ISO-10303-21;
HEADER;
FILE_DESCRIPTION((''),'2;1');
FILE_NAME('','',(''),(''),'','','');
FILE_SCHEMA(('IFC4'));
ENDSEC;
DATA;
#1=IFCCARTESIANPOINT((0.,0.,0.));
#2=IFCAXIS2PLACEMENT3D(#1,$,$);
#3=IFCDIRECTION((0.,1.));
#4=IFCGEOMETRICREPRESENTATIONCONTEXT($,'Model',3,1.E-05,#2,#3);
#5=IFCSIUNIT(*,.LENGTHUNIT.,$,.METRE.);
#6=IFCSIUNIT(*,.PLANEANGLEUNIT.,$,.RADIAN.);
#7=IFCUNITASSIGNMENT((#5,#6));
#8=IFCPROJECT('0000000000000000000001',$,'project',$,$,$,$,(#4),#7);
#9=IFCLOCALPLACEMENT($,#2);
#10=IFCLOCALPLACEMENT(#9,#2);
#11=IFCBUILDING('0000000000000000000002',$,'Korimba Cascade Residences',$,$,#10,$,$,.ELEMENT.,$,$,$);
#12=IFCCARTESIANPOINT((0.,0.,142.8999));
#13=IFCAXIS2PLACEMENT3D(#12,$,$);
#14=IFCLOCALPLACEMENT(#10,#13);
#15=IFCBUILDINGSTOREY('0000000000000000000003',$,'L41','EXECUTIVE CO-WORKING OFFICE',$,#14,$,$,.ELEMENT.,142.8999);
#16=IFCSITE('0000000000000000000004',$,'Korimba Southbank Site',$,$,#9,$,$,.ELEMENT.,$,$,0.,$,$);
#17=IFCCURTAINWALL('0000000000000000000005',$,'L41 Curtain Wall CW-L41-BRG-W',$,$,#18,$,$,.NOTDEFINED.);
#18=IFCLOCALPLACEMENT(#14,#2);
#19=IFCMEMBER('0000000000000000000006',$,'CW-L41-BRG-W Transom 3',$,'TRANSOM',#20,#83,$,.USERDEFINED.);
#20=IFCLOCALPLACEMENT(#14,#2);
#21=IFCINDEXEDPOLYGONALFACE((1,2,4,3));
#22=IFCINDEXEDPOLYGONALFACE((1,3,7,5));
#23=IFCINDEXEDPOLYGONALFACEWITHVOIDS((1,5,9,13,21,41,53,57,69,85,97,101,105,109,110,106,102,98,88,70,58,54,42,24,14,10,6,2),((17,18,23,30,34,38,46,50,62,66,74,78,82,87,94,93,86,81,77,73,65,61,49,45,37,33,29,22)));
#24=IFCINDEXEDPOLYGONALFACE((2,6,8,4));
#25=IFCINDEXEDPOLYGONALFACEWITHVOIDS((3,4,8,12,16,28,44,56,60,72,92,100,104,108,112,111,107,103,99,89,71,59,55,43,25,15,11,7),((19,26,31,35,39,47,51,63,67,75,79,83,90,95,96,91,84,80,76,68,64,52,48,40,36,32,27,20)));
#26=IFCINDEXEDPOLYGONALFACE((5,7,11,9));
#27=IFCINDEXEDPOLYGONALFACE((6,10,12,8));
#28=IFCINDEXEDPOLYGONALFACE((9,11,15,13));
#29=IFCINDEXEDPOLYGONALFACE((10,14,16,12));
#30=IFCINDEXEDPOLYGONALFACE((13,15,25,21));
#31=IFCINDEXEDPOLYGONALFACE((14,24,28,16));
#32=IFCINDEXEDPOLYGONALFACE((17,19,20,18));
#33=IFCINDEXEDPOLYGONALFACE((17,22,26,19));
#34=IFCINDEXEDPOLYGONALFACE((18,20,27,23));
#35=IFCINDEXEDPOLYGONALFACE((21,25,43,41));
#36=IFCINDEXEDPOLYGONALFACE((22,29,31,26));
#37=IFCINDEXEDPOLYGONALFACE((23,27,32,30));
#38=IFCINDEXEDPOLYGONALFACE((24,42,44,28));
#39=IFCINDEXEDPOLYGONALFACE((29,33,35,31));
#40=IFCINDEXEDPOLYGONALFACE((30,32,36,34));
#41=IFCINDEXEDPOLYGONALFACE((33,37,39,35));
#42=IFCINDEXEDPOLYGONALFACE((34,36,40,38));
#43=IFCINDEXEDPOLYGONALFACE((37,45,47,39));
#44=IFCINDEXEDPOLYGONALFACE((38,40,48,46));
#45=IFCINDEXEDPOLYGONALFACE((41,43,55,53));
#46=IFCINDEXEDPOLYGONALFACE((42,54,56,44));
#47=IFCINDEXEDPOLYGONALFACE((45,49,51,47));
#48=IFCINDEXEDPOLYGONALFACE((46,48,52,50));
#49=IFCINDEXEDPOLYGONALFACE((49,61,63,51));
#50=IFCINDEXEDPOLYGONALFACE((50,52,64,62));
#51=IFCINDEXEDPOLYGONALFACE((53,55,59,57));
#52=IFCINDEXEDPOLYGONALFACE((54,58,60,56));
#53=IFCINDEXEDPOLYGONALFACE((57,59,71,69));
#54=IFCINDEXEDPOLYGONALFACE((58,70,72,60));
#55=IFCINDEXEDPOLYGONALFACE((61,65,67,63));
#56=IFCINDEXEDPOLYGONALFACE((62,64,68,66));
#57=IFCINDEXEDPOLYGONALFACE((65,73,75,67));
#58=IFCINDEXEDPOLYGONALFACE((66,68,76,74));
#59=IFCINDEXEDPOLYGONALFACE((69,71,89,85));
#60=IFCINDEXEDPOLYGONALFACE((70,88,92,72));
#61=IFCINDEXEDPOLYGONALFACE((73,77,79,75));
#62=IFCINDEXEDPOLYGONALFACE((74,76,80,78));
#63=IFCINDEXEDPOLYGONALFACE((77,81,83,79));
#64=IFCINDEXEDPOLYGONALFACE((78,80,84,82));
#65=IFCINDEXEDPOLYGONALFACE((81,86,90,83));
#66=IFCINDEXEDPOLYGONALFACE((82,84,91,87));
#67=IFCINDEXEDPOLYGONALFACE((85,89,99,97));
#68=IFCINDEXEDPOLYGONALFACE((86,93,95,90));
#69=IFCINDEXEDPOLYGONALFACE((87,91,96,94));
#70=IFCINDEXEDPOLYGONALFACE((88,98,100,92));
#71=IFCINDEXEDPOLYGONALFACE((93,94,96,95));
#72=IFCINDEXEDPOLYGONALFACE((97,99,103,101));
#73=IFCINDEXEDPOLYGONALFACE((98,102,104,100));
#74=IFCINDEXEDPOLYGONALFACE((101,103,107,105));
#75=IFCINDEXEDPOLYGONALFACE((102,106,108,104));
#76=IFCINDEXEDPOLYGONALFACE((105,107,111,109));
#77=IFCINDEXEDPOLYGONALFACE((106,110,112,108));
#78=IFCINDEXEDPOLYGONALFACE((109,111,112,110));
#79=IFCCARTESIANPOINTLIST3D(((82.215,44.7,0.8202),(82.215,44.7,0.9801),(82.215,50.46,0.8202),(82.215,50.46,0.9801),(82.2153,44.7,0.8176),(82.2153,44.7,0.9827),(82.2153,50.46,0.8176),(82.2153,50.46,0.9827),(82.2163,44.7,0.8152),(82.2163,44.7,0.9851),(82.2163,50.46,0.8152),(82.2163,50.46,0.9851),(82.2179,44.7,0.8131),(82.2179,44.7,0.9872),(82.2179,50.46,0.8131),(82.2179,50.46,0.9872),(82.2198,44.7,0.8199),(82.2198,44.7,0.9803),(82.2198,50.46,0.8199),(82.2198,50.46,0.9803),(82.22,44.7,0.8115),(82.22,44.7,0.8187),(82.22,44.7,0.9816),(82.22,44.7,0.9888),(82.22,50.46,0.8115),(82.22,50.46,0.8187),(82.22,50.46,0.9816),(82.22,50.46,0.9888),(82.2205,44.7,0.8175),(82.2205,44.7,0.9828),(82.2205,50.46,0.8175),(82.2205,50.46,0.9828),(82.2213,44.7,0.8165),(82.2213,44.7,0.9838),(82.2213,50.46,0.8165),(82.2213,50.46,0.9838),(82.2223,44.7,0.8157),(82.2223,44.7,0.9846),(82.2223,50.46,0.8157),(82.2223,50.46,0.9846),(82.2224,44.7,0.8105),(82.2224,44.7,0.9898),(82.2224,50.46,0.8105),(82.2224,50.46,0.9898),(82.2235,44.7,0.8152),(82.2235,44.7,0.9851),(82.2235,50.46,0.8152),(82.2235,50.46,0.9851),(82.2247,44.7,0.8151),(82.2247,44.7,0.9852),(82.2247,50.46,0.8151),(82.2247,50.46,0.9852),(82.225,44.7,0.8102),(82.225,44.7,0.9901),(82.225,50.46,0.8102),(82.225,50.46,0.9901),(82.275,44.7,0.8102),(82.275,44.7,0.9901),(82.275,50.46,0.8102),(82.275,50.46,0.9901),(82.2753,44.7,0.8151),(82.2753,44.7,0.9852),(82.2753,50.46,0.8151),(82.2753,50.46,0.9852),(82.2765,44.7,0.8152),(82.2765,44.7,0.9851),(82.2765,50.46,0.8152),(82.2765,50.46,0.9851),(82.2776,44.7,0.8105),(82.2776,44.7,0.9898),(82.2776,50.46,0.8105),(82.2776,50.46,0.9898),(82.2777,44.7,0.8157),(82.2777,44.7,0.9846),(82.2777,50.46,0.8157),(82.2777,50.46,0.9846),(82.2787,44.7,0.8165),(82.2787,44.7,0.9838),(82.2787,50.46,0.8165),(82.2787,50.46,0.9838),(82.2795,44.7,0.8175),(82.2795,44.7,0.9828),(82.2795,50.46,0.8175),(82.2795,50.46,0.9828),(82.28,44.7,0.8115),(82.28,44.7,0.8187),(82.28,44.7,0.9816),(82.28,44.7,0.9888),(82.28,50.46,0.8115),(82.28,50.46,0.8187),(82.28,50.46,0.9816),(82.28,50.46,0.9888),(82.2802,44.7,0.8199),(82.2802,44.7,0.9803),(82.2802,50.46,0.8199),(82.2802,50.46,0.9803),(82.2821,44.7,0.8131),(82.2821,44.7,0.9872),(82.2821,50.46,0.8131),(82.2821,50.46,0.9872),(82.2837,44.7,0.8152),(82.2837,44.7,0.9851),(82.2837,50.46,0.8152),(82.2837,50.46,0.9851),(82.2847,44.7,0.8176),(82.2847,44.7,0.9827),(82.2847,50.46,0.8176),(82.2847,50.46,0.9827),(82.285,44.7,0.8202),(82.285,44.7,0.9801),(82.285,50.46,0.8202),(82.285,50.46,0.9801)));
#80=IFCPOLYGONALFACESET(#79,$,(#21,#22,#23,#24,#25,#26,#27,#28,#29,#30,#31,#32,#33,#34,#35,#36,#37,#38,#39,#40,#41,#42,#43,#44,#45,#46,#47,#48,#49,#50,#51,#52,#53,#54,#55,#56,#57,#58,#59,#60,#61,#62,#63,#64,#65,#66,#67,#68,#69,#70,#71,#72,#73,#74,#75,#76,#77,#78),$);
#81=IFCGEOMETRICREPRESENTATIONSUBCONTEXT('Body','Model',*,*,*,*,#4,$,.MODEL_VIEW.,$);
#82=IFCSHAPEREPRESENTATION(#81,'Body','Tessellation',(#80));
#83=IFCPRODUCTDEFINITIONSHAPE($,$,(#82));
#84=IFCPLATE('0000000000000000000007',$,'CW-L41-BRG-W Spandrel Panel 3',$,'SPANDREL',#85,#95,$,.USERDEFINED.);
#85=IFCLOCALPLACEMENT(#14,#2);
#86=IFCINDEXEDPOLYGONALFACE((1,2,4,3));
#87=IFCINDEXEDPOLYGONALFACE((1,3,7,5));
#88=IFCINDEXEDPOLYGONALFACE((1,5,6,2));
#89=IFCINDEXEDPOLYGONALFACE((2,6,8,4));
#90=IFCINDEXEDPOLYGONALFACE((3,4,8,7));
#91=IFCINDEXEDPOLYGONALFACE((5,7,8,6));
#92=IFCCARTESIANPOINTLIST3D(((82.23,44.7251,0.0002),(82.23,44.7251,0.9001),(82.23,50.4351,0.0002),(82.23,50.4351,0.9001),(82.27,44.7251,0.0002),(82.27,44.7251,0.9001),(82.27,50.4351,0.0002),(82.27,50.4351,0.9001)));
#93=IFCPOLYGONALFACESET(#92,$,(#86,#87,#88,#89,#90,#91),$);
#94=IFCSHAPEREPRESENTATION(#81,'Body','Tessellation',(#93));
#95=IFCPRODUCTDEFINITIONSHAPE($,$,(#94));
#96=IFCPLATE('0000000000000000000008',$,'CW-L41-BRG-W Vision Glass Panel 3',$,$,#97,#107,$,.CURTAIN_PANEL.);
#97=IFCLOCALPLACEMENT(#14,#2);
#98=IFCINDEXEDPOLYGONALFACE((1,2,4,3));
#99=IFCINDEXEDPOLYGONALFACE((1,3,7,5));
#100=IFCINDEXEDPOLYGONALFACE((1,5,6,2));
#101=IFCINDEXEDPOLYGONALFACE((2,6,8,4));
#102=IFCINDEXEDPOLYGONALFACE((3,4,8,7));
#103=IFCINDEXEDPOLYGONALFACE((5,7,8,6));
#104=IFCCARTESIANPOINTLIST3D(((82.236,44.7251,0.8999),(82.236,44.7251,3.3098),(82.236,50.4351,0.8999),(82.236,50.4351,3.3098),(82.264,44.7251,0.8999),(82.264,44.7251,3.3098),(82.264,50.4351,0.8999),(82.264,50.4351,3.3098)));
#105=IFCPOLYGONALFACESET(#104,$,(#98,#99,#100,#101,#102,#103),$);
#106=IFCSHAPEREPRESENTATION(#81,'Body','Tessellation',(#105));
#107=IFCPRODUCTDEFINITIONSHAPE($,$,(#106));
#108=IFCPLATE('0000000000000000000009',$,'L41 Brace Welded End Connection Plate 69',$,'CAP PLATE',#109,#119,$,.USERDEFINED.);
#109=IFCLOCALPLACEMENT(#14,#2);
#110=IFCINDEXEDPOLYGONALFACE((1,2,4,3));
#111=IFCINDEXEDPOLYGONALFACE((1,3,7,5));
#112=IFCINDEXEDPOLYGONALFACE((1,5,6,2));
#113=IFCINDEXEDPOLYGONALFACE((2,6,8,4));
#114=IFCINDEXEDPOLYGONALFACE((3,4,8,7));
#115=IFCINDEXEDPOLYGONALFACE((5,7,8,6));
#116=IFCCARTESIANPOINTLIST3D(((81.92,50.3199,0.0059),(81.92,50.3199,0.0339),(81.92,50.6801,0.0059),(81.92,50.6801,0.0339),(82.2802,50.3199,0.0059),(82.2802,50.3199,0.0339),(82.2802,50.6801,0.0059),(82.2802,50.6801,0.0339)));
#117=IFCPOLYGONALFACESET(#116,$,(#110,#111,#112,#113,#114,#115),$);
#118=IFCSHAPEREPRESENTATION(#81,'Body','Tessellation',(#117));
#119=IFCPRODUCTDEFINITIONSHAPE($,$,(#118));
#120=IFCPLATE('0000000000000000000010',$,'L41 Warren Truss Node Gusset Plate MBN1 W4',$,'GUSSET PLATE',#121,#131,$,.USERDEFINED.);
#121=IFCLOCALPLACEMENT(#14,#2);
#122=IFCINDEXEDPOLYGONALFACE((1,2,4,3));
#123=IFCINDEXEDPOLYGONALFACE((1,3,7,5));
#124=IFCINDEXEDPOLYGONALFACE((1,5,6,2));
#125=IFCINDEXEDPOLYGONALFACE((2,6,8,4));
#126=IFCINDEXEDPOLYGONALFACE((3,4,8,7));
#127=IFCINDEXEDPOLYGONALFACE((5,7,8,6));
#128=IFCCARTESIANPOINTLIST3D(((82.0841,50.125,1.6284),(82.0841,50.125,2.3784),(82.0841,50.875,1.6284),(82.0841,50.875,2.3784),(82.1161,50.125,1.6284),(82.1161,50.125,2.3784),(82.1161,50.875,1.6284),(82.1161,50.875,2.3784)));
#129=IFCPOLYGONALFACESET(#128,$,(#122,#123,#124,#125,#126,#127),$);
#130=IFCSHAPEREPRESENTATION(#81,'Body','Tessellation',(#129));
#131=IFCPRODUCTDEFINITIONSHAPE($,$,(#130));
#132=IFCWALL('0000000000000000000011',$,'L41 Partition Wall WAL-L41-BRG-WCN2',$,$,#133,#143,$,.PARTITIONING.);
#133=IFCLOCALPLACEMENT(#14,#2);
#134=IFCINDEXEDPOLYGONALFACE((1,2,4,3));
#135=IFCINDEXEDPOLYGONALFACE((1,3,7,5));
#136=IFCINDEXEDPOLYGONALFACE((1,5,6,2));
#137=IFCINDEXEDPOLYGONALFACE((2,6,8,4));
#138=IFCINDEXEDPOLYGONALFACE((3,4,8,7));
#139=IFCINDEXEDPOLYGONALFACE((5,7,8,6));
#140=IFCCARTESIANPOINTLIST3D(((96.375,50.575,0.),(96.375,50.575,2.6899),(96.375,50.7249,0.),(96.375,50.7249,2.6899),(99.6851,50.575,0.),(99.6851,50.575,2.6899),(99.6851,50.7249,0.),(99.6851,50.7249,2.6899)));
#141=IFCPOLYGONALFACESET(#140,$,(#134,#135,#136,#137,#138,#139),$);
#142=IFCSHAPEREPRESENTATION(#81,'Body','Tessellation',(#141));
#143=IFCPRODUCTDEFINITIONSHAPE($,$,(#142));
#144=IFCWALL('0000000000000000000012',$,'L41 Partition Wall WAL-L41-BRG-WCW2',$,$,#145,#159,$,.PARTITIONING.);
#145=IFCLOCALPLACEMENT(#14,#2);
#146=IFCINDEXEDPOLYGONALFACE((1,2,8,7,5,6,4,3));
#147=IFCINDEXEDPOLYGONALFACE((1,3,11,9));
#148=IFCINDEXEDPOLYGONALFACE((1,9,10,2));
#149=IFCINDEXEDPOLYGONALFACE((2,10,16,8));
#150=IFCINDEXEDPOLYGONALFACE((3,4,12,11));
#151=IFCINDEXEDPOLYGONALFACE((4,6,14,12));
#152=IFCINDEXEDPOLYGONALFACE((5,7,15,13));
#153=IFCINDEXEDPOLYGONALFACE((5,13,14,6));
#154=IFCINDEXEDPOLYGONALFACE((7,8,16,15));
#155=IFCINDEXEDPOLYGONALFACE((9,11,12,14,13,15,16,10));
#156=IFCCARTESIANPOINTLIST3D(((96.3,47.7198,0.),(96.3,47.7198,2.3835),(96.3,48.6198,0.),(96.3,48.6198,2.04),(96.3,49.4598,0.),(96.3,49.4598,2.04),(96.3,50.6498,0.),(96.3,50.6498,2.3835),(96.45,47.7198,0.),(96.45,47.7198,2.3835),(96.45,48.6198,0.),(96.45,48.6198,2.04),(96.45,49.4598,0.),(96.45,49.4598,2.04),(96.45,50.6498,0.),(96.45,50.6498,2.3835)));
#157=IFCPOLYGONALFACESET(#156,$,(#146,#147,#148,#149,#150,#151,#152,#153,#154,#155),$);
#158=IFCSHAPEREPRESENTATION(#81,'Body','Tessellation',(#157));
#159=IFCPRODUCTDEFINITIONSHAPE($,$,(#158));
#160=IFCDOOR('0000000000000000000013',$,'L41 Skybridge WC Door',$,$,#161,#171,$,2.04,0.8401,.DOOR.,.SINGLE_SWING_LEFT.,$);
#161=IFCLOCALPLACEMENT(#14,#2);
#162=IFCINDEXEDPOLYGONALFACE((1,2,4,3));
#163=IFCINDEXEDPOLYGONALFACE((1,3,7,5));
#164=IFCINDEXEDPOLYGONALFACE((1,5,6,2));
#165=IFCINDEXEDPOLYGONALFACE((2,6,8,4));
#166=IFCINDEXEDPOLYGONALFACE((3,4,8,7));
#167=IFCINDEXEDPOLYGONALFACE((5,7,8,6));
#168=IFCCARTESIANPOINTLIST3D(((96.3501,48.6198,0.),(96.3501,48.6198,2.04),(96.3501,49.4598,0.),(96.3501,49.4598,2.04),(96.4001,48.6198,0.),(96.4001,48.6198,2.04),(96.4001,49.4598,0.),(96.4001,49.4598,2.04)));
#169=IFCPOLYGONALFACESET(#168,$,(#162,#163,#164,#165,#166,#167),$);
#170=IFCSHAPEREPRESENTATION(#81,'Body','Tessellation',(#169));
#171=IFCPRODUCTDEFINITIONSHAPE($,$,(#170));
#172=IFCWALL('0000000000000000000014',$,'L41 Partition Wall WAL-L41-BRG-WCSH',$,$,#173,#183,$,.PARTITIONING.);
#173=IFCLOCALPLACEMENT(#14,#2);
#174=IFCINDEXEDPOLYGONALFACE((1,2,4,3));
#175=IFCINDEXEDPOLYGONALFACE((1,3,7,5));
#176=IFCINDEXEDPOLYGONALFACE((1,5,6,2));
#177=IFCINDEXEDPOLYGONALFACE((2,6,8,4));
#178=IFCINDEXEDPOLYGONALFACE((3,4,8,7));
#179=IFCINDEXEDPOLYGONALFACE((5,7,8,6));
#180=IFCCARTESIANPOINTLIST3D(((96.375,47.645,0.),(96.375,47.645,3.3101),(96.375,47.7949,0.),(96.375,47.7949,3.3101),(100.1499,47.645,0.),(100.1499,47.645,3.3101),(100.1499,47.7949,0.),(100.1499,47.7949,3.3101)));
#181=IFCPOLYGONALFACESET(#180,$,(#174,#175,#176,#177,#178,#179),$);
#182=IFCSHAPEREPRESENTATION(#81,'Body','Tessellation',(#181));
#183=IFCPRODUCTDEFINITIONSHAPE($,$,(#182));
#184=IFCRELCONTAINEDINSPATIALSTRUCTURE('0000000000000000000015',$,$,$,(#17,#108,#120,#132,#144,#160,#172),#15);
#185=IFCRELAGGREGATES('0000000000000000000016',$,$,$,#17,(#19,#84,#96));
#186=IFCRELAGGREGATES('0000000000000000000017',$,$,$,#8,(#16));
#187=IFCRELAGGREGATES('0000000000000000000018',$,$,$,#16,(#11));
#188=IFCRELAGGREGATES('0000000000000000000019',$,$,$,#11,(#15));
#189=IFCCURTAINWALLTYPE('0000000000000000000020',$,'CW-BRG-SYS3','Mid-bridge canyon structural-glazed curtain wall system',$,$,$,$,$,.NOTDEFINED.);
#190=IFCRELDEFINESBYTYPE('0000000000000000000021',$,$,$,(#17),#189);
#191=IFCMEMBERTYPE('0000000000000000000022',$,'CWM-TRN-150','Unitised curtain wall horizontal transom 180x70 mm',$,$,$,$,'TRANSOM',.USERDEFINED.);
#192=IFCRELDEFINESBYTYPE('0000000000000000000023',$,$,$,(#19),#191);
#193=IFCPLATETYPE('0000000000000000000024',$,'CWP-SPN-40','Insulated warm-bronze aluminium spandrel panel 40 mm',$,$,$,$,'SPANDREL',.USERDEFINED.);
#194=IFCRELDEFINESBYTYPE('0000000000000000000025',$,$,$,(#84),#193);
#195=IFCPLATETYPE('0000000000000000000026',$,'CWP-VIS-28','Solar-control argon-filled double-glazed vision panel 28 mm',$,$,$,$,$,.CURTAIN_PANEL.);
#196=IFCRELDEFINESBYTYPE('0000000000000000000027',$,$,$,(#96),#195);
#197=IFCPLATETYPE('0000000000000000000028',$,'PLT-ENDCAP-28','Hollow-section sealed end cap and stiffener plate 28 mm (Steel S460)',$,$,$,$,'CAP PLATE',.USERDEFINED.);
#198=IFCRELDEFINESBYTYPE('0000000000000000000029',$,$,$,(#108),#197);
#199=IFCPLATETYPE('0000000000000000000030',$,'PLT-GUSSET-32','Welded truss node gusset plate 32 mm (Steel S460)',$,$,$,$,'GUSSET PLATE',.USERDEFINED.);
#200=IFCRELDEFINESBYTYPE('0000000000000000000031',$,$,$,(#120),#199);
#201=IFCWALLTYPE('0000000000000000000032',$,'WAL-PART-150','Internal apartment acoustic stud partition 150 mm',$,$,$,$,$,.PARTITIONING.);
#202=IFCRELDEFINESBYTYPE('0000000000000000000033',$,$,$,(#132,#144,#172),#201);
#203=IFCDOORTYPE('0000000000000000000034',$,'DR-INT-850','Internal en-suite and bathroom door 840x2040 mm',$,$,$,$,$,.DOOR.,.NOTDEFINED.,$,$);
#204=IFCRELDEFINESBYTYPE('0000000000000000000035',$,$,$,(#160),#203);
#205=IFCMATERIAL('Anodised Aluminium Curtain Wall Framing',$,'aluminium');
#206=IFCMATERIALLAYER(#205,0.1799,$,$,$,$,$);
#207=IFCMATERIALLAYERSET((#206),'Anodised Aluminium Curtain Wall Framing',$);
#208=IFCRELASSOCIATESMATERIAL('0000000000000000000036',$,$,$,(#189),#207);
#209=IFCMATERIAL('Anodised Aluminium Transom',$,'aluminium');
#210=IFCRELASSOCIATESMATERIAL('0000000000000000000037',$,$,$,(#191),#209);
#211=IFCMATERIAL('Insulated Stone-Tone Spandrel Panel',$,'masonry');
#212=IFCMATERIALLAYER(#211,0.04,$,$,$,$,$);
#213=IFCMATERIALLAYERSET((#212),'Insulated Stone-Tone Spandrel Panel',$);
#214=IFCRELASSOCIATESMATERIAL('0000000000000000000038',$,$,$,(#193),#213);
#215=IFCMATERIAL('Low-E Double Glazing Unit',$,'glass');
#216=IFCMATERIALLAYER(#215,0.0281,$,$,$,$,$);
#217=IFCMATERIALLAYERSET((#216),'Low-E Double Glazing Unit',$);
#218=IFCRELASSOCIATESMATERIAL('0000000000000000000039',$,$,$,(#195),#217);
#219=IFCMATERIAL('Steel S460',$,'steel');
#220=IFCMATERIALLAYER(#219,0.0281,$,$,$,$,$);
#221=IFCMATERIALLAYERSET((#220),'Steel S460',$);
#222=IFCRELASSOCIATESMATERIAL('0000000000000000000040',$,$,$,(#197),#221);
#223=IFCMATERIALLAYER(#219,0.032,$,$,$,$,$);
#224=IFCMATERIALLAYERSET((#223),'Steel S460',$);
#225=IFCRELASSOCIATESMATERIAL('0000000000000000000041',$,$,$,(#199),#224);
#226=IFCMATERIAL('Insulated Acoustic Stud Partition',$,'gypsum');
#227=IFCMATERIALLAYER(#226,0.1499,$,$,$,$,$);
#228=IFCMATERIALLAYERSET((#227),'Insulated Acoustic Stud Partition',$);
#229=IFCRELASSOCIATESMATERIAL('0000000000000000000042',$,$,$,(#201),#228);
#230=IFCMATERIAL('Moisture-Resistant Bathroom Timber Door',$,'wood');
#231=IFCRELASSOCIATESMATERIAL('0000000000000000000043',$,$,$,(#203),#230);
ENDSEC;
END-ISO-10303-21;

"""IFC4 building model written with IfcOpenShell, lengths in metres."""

from ifc_helpers import new_model, si_unit, direction, frame, frame_2d, origin, origin_2d, place, context, subcontext, project, spatial, rectangle, hollow_rectangle, extrude, material, layer, layer_set, material_profile, profile_set, type_object, element, fill, aggregate, save


model = new_model("IFC4")

# Units and contexts
model_context = context("Model", 3, precision=1e-05, world=origin(), true_north=direction((0.0, 1.0)))
body_context = subcontext(model_context, "Body", "Model", "MODEL_VIEW")
ifc_project = project(units=[si_unit("LENGTHUNIT", "METRE"), si_unit("PLANEANGLEUNIT", "RADIAN")], contexts=[model_context])

# Site, building, storey
site_placement = place(None, origin())
site = spatial("IfcSite", under=ifc_project, at=site_placement, Name="Korimba Southbank Site", CompositionType="ELEMENT", RefElevation=0.0)
building_placement = place(site_placement, origin())
building = spatial("IfcBuilding", under=site, at=building_placement, Name="Korimba Cascade Residences", CompositionType="ELEMENT")
storey_placement = place(building_placement, frame((0.0, 0.0, 142.8999)))
storey = spatial("IfcBuildingStorey", under=building, at=storey_placement, Name="L41", Description="EXECUTIVE CO-WORKING OFFICE", CompositionType="ELEMENT", Elevation=142.8999)

# Shared definitions
ifc_material_1 = material(Name="Steel S460", Category="steel")

# Curtain wall, member, plates
ifc_material_2 = material(Name="Anodised Aluminium Curtain Wall Framing", Category="aluminium")
ifc_layer_1 = layer(ifc_material_2, 0.1799)
ifc_layer_set_1 = layer_set([ifc_layer_1], Name="Anodised Aluminium Curtain Wall Framing")
curtain_wall_type = type_object("IfcCurtainWallType", Name="CW-BRG-SYS3", Description="Mid-bridge canyon structural-glazed curtain wall system", PredefinedType="NOTDEFINED", material=ifc_layer_set_1)
curtain_wall_placement = place(storey_placement, origin())
curtain_wall = element("IfcCurtainWall", 1, at=curtain_wall_placement, inside=storey, type_object=curtain_wall_type, Name="L41 Curtain Wall CW-L41-BRG-W", PredefinedType="NOTDEFINED")
ifc_material_3 = material(Name="Anodised Aluminium Transom", Category="aluminium")
ifc_material_profile_1 = material_profile(ifc_material_3, hollow_rectangle(XDim=0.0701, YDim=0.1799, WallThickness=0.0049, InnerFilletRadius=0.0049, OuterFilletRadius=0.01, at=origin_2d()), Name="Anodised Aluminium Transom")
ifc_profile_set_1 = profile_set([ifc_material_profile_1], Name="Anodised Aluminium Transom")
member_type_1 = type_object("IfcMemberType", Name="CWM-TRN-150", Description="Unitised curtain wall horizontal transom 180x70 mm", ElementType="TRANSOM", PredefinedType="USERDEFINED", material=ifc_profile_set_1)
member_1_placement = place(storey_placement, frame((82.25, 44.7, 0.9001), z_axis=(0.0, 1.0, 0.0), x_axis=(-1.0, 0.0, 0.0)))
member_1 = element("IfcMember", 2, at=member_1_placement, type_object=member_type_1, Name="CW-L41-BRG-W Transom 3", ObjectType="TRANSOM", PredefinedType="USERDEFINED", context=body_context, shape_type="SweptSolid", body=[
    extrude(hollow_rectangle(XDim=0.0701, YDim=0.1799, WallThickness=0.0049, InnerFilletRadius=0.0049, OuterFilletRadius=0.01, at=origin_2d()), origin(), (0.0, 0.0, 1.0), 5.76),
])
ifc_material_4 = material(Name="Insulated Stone-Tone Spandrel Panel", Category="masonry")
ifc_layer_2 = layer(ifc_material_4, 0.04)
ifc_layer_set_2 = layer_set([ifc_layer_2], Name="Insulated Stone-Tone Spandrel Panel")
plate_type_1 = type_object("IfcPlateType", Name="CWP-SPN-40", Description="Insulated warm-bronze aluminium spandrel panel 40 mm", ElementType="SPANDREL", PredefinedType="USERDEFINED", material=ifc_layer_set_2)
plate_1_placement = place(storey_placement, frame((82.25, 47.5801, 0.0002), z_axis=(0.0, 0.0, 1.0), x_axis=(0.0, 1.0, 0.0)))
plate_1 = element("IfcPlate", 3, at=plate_1_placement, type_object=plate_type_1, Name="CW-L41-BRG-W Spandrel Panel 3", ObjectType="SPANDREL", PredefinedType="USERDEFINED", context=body_context, shape_type="SweptSolid", body=[
    extrude(rectangle(XDim=5.71, YDim=0.04, at=origin_2d()), origin(), (0.0, 0.0, 1.0), 0.8999),
])
ifc_material_5 = material(Name="Low-E Double Glazing Unit", Category="glass")
ifc_layer_3 = layer(ifc_material_5, 0.0281)
ifc_layer_set_3 = layer_set([ifc_layer_3], Name="Low-E Double Glazing Unit")
plate_type_2 = type_object("IfcPlateType", Name="CWP-VIS-28", Description="Solar-control argon-filled double-glazed vision panel 28 mm", PredefinedType="CURTAIN_PANEL", material=ifc_layer_set_3)
plate_2_placement = place(storey_placement, frame((82.25, 47.5801, 0.8999), z_axis=(0.0, 0.0, 1.0), x_axis=(0.0, 1.0, 0.0)))
plate_2 = element("IfcPlate", 4, at=plate_2_placement, type_object=plate_type_2, Name="CW-L41-BRG-W Vision Glass Panel 3", PredefinedType="CURTAIN_PANEL", context=body_context, shape_type="SweptSolid", body=[
    extrude(rectangle(XDim=5.71, YDim=0.0281, at=origin_2d()), origin(), (0.0, 0.0, 1.0), 2.4099),
])
aggregate(curtain_wall, [member_1, plate_1, plate_2])

# Plates
ifc_layer_4 = layer(ifc_material_1, 0.0281)
ifc_layer_set_4 = layer_set([ifc_layer_4], Name="Steel S460")
plate_type_3 = type_object("IfcPlateType", Name="PLT-ENDCAP-28", Description="Hollow-section sealed end cap and stiffener plate 28 mm (Steel S460)", ElementType="CAP PLATE", PredefinedType="USERDEFINED", material=ifc_layer_set_4)
plate_3_placement = place(storey_placement, frame((82.1001, 50.5, 0.0059), z_axis=(0.0, 0.0, 1.0), x_axis=(1.0, 0.0, 0.0)))
element("IfcPlate", 5, at=plate_3_placement, inside=storey, type_object=plate_type_3, Name="L41 Brace Welded End Connection Plate 69", ObjectType="CAP PLATE", PredefinedType="USERDEFINED", context=body_context, shape_type="SweptSolid", body=[
    extrude(rectangle(XDim=0.3601, YDim=0.3601, at=origin_2d()), origin(), (0.0, 0.0, 1.0), 0.0281),
])
ifc_layer_5 = layer(ifc_material_1, 0.032)
ifc_layer_set_5 = layer_set([ifc_layer_5], Name="Steel S460")
plate_type_4 = type_object("IfcPlateType", Name="PLT-GUSSET-32", Description="Welded truss node gusset plate 32 mm (Steel S460)", ElementType="GUSSET PLATE", PredefinedType="USERDEFINED", material=ifc_layer_set_5)
plate_4_placement = place(storey_placement, frame((82.1001, 50.5, 1.6284), z_axis=(0.0, 0.0, 1.0), x_axis=(1.0, 0.0, 0.0)))
element("IfcPlate", 6, at=plate_4_placement, inside=storey, type_object=plate_type_4, Name="L41 Warren Truss Node Gusset Plate MBN1 W4", ObjectType="GUSSET PLATE", PredefinedType="USERDEFINED", context=body_context, shape_type="SweptSolid", body=[
    extrude(rectangle(XDim=0.032, YDim=0.75, at=origin_2d()), origin(), (0.0, 0.0, 1.0), 0.75),
])

# Wall
ifc_material_6 = material(Name="Insulated Acoustic Stud Partition", Category="gypsum")
ifc_layer_6 = layer(ifc_material_6, 0.1499)
ifc_layer_set_6 = layer_set([ifc_layer_6], Name="Insulated Acoustic Stud Partition")
wall_type_1 = type_object("IfcWallType", Name="WAL-PART-150", Description="Internal apartment acoustic stud partition 150 mm", PredefinedType="PARTITIONING", material=ifc_layer_set_6)
wall_1_placement = place(storey_placement, frame((96.375, 50.6499, 0.0), z_axis=(0.0, 0.0, 1.0), x_axis=(1.0, 0.0, 0.0)))
element("IfcWall", 7, at=wall_1_placement, inside=storey, type_object=wall_type_1, Name="L41 Partition Wall WAL-L41-BRG-WCN2", PredefinedType="PARTITIONING", context=body_context, shape_type="SweptSolid", body=[
    extrude(rectangle(XDim=3.3101, YDim=0.1499, at=frame_2d((1.655, 0.0))), origin(), (0.0, 0.0, 1.0), 2.6899),
])

# Wall, opening, door
wall_2_placement = place(storey_placement, frame((96.375, 47.72, 0.0), z_axis=(0.0, 0.0, 1.0), x_axis=(0.0, 1.0, 0.0)))
wall_2 = element("IfcWall", 8, at=wall_2_placement, inside=storey, type_object=wall_type_1, Name="L41 Partition Wall WAL-L41-BRG-WCW2", PredefinedType="PARTITIONING", context=body_context, shape_type="SweptSolid", body=[
    extrude(rectangle(XDim=2.9299, YDim=0.1499, at=frame_2d((1.4648, 0.0))), origin(), (0.0, 0.0, 1.0), 2.3835),
])
opening_placement = place(wall_2_placement, frame((0.8999, 0.0, 0.0)))
opening = element("IfcOpeningElement", 9, at=opening_placement, cuts=wall_2, PredefinedType="OPENING", context=body_context, shape_type="SweptSolid", body=[
    extrude(rectangle(XDim=0.8401, YDim=2.04, at=frame_2d((0.4199, 1.02))), frame((0.0, 0.085, 0.0), z_axis=(0.0, -1.0, 0.0), x_axis=(1.0, 0.0, 0.0)), (0.0, 0.0, 1.0), 0.1699),
])
ifc_material_7 = material(Name="Moisture-Resistant Bathroom Timber Door", Category="wood")
door_type = type_object("IfcDoorType", Name="DR-INT-850", Description="Internal en-suite and bathroom door 840x2040 mm", OperationType="NOTDEFINED", PredefinedType="DOOR", material=ifc_material_7)
door_placement = place(opening_placement, origin())
door = element("IfcDoor", 10, at=door_placement, inside=storey, type_object=door_type, Name="L41 Skybridge WC Door", OperationType="SINGLE_SWING_LEFT", OverallHeight=2.04, OverallWidth=0.8401, PredefinedType="DOOR", context=body_context, shape_type="SweptSolid", body=[
    extrude(rectangle(XDim=0.8401, YDim=2.04, at=frame_2d((0.4199, 1.02))), frame((0.0, 0.0249, 0.0), z_axis=(0.0, -1.0, 0.0), x_axis=(1.0, 0.0, 0.0)), (0.0, 0.0, 1.0), 0.05),
])
fill(opening, door)

# Wall
wall_3_placement = place(storey_placement, frame((96.375, 47.72, 0.0), z_axis=(0.0, 0.0, 1.0), x_axis=(1.0, 0.0, 0.0)))
element("IfcWall", 11, at=wall_3_placement, inside=storey, type_object=wall_type_1, Name="L41 Partition Wall WAL-L41-BRG-WCSH", PredefinedType="PARTITIONING", context=body_context, shape_type="SweptSolid", body=[
    extrude(rectangle(XDim=3.7749, YDim=0.1499, at=frame_2d((1.8875, 0.0))), origin(), (0.0, 0.0, 1.0), 3.3101),
])

save(model, "model.ifc")
